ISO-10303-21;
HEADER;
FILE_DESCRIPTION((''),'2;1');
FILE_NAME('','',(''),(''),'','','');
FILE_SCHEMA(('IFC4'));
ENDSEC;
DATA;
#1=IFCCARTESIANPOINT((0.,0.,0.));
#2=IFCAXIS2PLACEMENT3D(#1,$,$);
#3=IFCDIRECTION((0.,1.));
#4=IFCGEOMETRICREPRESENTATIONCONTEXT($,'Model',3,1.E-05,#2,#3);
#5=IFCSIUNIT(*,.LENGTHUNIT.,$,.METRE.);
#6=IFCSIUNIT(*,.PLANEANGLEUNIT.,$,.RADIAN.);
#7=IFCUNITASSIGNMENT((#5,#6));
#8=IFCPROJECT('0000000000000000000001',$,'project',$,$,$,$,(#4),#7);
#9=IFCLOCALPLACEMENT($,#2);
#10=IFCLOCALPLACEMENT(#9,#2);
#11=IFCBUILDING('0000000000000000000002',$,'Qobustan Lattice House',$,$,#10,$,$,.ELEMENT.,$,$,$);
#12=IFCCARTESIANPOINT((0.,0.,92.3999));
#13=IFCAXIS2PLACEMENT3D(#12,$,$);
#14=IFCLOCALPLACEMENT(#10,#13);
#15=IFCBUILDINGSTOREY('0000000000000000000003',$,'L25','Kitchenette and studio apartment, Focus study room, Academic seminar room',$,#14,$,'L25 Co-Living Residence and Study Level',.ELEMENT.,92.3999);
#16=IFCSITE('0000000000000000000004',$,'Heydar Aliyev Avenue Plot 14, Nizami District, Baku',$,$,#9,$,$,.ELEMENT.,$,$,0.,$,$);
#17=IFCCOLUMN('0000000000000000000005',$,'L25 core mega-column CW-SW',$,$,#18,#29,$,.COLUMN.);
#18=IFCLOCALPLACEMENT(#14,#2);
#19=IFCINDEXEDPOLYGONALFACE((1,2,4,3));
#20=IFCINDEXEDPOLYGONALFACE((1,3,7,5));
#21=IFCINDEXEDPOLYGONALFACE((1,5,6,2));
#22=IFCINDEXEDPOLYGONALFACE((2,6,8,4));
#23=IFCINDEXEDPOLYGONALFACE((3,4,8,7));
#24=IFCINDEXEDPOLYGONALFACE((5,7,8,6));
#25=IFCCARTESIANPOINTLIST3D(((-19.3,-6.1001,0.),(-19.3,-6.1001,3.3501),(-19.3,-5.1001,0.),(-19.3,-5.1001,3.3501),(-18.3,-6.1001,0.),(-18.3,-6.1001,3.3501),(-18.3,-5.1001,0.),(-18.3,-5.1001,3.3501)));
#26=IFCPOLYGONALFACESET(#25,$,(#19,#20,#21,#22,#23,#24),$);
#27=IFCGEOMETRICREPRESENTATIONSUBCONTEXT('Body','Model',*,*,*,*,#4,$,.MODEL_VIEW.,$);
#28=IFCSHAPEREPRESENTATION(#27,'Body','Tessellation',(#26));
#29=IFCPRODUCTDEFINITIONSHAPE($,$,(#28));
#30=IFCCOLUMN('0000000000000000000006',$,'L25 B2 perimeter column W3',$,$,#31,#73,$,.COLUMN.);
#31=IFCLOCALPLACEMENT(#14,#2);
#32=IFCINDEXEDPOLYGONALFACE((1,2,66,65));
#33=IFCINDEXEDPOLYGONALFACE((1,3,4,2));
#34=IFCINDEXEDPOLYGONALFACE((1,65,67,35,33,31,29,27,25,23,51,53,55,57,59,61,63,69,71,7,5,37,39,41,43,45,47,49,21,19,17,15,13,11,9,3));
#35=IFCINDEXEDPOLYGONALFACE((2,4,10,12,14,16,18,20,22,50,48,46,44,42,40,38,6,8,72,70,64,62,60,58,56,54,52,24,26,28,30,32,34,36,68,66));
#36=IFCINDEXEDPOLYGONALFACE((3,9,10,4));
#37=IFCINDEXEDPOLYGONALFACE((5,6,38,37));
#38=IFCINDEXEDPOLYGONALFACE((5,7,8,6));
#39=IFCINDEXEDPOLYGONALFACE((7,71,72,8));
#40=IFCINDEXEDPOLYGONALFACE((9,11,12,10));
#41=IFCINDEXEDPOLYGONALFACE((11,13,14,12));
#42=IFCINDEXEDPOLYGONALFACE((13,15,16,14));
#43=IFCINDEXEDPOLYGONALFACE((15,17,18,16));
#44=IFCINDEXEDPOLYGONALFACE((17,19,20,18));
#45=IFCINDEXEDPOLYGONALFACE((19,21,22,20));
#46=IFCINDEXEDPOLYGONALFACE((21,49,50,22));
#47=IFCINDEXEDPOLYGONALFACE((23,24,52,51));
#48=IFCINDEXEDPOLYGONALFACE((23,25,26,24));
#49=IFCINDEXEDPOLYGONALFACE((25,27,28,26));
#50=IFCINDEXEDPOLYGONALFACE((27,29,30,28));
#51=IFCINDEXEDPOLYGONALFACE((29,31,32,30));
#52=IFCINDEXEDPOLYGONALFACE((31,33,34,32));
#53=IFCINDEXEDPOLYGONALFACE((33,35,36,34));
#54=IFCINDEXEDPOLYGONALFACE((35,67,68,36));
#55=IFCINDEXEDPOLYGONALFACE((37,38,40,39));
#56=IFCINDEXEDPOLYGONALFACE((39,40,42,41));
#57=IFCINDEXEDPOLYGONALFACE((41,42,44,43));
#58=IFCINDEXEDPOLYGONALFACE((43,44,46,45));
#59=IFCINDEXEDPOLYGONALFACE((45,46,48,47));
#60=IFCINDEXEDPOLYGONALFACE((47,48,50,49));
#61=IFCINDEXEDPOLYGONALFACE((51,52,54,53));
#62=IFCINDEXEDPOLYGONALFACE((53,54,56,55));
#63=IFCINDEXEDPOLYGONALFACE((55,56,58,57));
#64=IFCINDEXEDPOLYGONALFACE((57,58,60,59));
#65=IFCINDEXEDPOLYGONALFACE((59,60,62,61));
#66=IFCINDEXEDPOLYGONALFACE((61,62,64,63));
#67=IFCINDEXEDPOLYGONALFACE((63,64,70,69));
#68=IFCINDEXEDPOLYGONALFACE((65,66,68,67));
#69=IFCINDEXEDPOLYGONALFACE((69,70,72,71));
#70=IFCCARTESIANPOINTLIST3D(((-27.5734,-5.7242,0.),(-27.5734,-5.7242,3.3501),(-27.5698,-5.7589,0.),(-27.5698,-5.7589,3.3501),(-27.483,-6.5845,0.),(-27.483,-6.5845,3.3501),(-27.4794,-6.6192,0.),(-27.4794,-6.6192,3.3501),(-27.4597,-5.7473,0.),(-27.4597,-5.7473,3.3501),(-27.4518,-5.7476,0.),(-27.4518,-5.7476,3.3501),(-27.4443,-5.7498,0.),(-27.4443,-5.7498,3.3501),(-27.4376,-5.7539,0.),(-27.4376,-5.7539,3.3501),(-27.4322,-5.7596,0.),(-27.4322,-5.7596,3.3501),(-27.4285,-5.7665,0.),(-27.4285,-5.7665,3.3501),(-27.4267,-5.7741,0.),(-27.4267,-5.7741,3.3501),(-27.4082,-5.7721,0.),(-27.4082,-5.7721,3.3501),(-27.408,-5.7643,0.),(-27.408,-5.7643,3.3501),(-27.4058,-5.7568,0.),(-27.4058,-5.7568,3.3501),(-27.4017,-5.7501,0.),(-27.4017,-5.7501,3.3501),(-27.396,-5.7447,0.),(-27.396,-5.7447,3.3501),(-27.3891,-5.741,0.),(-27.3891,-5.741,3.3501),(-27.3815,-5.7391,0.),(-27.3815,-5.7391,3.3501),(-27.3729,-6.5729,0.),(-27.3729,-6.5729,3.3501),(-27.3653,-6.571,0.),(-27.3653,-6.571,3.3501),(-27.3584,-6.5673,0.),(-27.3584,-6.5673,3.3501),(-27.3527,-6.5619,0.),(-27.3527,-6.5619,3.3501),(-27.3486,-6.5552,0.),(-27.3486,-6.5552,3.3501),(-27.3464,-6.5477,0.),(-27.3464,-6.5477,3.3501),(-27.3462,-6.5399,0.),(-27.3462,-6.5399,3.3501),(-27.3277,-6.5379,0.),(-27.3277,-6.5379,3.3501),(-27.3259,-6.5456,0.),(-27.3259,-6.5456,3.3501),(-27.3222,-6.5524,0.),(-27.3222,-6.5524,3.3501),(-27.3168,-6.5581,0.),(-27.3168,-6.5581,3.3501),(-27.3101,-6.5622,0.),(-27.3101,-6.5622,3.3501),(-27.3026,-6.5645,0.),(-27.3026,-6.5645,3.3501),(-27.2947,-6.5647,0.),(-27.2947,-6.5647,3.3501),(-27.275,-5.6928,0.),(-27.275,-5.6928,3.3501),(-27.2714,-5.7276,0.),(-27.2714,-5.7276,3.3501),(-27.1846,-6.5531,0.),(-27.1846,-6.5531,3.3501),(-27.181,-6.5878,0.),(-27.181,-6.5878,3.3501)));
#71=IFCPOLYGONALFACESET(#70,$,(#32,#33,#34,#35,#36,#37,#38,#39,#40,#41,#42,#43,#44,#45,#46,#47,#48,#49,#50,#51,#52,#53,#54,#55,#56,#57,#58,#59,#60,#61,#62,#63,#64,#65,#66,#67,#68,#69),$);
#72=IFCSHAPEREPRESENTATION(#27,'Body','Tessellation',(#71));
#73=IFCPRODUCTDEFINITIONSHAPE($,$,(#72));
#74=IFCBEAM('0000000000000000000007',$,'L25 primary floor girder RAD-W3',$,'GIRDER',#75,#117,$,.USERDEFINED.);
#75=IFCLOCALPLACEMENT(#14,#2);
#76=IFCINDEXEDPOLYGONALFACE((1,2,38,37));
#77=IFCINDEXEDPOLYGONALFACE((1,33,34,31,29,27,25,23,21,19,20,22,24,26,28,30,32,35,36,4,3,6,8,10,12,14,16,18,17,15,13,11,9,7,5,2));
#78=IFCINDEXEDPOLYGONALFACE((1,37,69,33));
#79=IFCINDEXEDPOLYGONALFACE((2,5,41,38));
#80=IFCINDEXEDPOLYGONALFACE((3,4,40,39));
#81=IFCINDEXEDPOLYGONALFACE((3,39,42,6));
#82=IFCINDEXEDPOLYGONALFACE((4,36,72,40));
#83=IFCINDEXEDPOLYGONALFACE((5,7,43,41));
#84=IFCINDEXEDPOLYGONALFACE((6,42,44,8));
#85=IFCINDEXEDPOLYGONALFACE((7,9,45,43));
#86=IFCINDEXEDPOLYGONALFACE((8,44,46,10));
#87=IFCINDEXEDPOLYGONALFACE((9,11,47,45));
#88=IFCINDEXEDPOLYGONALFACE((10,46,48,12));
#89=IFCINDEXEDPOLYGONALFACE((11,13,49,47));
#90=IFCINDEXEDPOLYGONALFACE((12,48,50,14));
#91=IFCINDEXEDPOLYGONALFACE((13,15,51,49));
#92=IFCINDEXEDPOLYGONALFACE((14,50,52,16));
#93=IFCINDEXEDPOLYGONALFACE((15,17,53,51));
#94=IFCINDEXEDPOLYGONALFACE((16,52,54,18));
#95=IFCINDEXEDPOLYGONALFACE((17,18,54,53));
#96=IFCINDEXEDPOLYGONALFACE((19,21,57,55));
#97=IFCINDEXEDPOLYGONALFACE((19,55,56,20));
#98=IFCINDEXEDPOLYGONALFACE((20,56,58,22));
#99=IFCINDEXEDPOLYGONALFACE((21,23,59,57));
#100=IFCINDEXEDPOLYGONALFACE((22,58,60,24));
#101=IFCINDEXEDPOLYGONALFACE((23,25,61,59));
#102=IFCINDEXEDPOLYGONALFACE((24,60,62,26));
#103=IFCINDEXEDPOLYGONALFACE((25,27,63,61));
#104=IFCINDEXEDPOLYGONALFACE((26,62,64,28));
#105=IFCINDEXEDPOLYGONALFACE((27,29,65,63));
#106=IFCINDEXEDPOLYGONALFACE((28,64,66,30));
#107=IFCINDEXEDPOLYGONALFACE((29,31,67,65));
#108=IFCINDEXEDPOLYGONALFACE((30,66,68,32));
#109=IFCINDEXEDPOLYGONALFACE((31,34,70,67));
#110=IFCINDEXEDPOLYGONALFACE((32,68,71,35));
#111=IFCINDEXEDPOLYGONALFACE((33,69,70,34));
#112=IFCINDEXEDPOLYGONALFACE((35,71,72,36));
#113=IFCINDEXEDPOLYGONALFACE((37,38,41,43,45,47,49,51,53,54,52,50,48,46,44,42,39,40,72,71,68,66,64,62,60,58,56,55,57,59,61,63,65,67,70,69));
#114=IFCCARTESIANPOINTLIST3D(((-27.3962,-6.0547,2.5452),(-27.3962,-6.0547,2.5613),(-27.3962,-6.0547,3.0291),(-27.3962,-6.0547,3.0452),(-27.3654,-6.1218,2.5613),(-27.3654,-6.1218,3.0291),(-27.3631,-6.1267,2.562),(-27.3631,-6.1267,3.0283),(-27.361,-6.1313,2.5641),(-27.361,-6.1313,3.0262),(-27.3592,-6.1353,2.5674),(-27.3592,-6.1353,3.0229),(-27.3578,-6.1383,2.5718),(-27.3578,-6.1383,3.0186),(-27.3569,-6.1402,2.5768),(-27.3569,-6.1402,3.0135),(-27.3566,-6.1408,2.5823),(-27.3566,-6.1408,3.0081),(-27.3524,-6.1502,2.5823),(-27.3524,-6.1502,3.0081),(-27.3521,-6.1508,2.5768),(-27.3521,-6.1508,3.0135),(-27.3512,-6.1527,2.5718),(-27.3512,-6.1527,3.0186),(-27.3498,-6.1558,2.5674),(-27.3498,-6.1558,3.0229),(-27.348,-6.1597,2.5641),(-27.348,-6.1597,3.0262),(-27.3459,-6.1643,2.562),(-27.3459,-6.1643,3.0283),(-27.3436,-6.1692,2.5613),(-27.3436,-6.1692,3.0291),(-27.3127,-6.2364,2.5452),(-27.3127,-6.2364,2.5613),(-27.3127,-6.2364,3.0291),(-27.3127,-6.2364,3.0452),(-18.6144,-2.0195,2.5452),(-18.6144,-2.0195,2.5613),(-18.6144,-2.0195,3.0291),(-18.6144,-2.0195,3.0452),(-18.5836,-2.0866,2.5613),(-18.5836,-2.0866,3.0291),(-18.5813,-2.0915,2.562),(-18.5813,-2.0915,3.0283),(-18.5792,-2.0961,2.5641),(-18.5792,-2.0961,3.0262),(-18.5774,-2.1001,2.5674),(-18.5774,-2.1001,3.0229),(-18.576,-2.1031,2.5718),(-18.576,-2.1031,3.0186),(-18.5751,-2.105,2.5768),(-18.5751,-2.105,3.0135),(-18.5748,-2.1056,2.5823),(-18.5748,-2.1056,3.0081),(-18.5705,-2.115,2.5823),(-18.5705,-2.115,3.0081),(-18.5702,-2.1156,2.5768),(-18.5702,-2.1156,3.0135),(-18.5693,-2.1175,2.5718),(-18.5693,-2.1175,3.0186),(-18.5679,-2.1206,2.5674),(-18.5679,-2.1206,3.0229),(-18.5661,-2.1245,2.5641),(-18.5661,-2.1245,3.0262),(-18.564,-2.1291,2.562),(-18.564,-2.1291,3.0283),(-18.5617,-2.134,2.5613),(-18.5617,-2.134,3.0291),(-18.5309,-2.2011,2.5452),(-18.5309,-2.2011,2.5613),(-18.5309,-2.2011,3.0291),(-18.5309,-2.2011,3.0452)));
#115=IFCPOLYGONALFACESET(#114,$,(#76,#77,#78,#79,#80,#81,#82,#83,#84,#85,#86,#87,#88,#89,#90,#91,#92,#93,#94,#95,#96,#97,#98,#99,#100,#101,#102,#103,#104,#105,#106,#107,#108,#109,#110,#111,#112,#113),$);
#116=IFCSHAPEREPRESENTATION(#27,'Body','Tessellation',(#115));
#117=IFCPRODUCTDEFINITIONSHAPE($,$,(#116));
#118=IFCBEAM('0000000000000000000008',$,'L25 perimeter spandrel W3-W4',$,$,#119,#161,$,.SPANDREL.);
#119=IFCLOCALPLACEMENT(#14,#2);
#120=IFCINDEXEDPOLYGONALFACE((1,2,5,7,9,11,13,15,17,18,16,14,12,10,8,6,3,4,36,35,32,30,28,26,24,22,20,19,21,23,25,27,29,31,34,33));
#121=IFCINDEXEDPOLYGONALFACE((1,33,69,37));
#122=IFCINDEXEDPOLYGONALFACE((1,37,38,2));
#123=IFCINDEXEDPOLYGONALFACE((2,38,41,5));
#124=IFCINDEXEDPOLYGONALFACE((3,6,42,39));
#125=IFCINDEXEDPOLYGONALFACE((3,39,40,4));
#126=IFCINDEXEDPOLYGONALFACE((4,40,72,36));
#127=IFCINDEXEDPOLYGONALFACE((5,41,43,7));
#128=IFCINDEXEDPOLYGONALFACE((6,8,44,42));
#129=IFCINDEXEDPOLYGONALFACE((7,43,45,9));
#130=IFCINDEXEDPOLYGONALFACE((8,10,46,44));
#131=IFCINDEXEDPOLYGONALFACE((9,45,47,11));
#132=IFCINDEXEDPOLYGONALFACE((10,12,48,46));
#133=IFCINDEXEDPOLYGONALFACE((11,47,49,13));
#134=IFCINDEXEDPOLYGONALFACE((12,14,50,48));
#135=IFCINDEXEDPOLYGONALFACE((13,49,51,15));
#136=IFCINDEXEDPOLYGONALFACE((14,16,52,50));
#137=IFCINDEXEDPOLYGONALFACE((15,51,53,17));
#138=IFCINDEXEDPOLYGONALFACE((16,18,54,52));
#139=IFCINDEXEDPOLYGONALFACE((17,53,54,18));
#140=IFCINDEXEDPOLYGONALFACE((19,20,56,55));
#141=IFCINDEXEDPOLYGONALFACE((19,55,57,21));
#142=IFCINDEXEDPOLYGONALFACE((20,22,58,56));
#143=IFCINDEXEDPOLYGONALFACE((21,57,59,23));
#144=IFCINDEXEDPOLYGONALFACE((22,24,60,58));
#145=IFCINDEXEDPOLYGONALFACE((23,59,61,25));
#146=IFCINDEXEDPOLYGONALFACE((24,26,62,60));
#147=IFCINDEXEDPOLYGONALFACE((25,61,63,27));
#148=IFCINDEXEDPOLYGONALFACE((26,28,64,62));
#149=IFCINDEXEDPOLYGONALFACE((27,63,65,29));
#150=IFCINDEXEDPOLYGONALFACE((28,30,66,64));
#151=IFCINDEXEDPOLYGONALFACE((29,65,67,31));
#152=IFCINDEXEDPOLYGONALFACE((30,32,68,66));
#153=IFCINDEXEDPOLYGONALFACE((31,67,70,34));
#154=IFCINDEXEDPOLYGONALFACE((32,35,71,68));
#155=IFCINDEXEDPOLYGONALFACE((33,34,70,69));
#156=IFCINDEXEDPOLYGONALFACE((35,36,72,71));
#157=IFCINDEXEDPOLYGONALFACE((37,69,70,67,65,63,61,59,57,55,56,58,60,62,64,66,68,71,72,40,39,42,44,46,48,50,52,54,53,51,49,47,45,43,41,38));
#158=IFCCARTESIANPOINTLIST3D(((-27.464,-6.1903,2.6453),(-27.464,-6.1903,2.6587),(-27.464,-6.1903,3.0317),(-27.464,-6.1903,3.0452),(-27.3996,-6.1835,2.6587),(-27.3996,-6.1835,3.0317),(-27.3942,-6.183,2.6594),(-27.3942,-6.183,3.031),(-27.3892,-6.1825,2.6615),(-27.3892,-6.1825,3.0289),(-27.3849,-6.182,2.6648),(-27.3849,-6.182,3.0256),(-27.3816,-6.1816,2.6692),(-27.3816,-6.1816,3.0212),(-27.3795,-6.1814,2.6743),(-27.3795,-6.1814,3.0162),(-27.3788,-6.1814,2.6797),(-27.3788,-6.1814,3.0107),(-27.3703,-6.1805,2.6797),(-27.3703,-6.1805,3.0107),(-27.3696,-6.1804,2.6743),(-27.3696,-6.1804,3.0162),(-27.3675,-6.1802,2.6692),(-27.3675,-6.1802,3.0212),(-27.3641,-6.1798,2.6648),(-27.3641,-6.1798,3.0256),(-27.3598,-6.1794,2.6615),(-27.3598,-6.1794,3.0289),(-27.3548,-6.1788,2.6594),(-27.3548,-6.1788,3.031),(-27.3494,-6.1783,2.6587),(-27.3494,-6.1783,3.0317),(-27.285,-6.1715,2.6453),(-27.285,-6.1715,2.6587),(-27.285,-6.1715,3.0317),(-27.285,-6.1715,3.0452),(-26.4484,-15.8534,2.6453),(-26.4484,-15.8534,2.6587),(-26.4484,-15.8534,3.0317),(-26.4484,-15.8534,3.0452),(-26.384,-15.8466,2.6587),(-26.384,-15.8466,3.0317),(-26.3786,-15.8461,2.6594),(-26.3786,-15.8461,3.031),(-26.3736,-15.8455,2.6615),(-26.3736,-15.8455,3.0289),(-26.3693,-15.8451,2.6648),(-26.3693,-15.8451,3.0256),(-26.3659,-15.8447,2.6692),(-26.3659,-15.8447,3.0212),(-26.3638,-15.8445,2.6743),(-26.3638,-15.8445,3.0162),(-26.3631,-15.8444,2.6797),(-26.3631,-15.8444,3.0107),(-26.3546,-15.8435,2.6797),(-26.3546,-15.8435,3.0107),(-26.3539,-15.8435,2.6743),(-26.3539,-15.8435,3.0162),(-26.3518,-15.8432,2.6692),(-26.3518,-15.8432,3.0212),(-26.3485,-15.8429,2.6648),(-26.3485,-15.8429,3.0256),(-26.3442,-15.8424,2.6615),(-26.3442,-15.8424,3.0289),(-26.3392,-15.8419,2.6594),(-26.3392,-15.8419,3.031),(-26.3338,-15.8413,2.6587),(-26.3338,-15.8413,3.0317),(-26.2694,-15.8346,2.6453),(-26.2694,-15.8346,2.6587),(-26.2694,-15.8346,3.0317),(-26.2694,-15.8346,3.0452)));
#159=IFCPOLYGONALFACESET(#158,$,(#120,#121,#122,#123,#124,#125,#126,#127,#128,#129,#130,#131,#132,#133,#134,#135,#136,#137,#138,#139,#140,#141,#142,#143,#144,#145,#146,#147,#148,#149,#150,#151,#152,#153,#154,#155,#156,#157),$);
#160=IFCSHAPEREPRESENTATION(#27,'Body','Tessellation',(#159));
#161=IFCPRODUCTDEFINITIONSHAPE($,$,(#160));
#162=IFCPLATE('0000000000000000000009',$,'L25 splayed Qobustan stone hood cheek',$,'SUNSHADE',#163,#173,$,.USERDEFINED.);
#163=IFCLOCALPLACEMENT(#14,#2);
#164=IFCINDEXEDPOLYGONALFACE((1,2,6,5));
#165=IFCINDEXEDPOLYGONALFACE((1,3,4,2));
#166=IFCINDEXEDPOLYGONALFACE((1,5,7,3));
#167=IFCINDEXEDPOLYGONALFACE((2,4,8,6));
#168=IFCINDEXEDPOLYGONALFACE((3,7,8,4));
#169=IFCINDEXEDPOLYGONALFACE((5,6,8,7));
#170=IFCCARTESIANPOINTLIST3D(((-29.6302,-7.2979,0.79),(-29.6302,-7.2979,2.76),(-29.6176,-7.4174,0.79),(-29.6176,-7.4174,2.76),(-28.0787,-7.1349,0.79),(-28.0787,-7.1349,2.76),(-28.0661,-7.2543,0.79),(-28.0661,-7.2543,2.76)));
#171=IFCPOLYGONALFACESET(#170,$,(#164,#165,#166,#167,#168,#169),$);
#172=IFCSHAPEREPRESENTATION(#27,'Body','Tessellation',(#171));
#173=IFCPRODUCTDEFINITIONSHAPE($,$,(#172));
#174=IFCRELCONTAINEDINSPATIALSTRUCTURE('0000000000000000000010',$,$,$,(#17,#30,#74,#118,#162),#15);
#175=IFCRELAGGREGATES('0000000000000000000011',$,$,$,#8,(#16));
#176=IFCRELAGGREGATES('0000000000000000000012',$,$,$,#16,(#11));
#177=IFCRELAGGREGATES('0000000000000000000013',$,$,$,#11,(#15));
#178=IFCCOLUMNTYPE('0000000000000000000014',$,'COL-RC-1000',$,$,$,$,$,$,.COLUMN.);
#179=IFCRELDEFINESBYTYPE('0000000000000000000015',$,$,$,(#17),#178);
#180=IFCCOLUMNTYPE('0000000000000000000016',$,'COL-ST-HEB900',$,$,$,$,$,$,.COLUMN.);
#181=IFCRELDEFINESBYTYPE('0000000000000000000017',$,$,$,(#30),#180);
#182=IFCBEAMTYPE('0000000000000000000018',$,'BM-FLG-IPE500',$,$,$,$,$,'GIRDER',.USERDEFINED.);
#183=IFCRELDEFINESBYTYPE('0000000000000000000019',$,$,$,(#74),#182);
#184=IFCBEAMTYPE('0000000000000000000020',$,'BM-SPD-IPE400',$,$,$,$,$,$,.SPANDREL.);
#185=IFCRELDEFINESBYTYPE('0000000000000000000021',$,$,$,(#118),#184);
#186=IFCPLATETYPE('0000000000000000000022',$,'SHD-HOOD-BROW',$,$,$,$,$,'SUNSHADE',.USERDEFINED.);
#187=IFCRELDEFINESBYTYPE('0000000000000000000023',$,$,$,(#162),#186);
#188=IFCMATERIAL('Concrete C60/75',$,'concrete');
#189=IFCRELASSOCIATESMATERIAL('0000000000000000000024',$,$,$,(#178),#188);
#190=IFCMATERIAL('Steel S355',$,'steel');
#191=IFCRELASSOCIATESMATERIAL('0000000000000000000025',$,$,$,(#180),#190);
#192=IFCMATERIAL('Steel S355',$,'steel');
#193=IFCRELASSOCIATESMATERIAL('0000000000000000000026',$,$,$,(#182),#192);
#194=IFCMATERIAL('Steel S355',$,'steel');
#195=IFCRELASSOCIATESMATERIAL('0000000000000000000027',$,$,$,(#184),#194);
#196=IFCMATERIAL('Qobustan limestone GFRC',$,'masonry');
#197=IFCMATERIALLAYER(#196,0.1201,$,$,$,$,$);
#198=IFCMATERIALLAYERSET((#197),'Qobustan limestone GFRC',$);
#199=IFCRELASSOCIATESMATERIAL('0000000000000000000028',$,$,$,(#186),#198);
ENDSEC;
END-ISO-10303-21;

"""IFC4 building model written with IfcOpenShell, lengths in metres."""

from ifc_helpers import new_model, si_unit, direction, frame, origin, origin_2d, place, context, subcontext, project, spatial, rectangle, i_section, extrude, material, layer, layer_set, material_profile, profile_set, type_object, element, save


model = new_model("IFC4")

# Units and contexts
model_context = context("Model", 3, precision=1e-05, world=origin(), true_north=direction((0.0, 1.0)))
body_context = subcontext(model_context, "Body", "Model", "MODEL_VIEW")
ifc_project = project(units=[si_unit("LENGTHUNIT", "METRE"), si_unit("PLANEANGLEUNIT", "RADIAN")], contexts=[model_context])

# Site, building, storey
site_placement = place(None, origin())
site = spatial("IfcSite", under=ifc_project, at=site_placement, Name="Heydar Aliyev Avenue Plot 14, Nizami District, Baku", CompositionType="ELEMENT", RefElevation=0.0)
building_placement = place(site_placement, origin())
building = spatial("IfcBuilding", under=site, at=building_placement, Name="Qobustan Lattice House", CompositionType="ELEMENT")
storey_placement = place(building_placement, frame((0.0, 0.0, 92.3999)))
storey = spatial("IfcBuildingStorey", under=building, at=storey_placement, Name="L25", Description="Kitchenette and studio apartment, Focus study room, Academic seminar room", LongName="L25 Co-Living Residence and Study Level", CompositionType="ELEMENT", Elevation=92.3999)

# Columns
ifc_material_1 = material(Name="Concrete C60/75", Category="concrete")
ifc_material_profile_1 = material_profile(ifc_material_1, rectangle(XDim=1.0, YDim=1.0, at=origin_2d()), Name="RC1000x1000")
ifc_profile_set_1 = profile_set([ifc_material_profile_1], Name="Concrete C60/75")
column_type_1 = type_object("IfcColumnType", Name="COL-RC-1000", PredefinedType="COLUMN", material=ifc_profile_set_1)
column_1_placement = place(storey_placement, frame((-18.8, -5.6001, 0.0), z_axis=(0.0, 0.0, 1.0), x_axis=(1.0, 0.0, 0.0)))
element("IfcColumn", 1, at=column_1_placement, inside=storey, type_object=column_type_1, Name="L25 core mega-column CW-SW", PredefinedType="COLUMN", context=body_context, shape_type="SweptSolid", body=[
    extrude(rectangle(XDim=1.0, YDim=1.0, at=origin_2d()), origin(), (0.0, 0.0, 1.0), 3.3501),
])
ifc_material_2 = material(Name="Steel S355", Category="steel")
ifc_material_profile_2 = material_profile(ifc_material_2, i_section(OverallWidth=0.3, OverallDepth=0.8999, WebThickness=0.0186, FlangeThickness=0.0349, FilletRadius=0.03, at=origin_2d()), Name="HEB900")
ifc_profile_set_2 = profile_set([ifc_material_profile_2], Name="Steel S355")
column_type_2 = type_object("IfcColumnType", Name="COL-ST-HEB900", PredefinedType="COLUMN", material=ifc_profile_set_2)
column_2_placement = place(storey_placement, frame((-27.3772, -6.156, 0.0), z_axis=(0.0, 0.0, 1.0), x_axis=(0.994522, 0.104528, 0.0)))
element("IfcColumn", 2, at=column_2_placement, inside=storey, type_object=column_type_2, Name="L25 B2 perimeter column W3", PredefinedType="COLUMN", context=body_context, shape_type="SweptSolid", body=[
    extrude(i_section(OverallWidth=0.3, OverallDepth=0.8999, WebThickness=0.0186, FlangeThickness=0.0349, FilletRadius=0.03, at=origin_2d()), origin(), (0.0, 0.0, 1.0), 3.3501),
])

# Beams
ifc_material_3 = material(Name="Steel S355", Category="steel")
ifc_material_profile_3 = material_profile(ifc_material_3, i_section(OverallWidth=0.2, OverallDepth=0.5, WebThickness=0.0103, FlangeThickness=0.0161, FilletRadius=0.021, at=origin_2d()), Name="IPE500")
ifc_profile_set_3 = profile_set([ifc_material_profile_3], Name="Steel S355")
beam_type_1 = type_object("IfcBeamType", Name="BM-FLG-IPE500", ElementType="GIRDER", PredefinedType="USERDEFINED", material=ifc_profile_set_3)
beam_1_placement = place(storey_placement, frame((-27.3545, -6.1455, 2.7952), z_axis=(0.908665, 0.417526, 0.0), x_axis=(-0.417526, 0.908665, 0.0)))
element("IfcBeam", 3, at=beam_1_placement, inside=storey, type_object=beam_type_1, Name="L25 primary floor girder RAD-W3", ObjectType="GIRDER", PredefinedType="USERDEFINED", context=body_context, shape_type="SweptSolid", body=[
    extrude(i_section(OverallWidth=0.2, OverallDepth=0.5, WebThickness=0.0103, FlangeThickness=0.0161, FilletRadius=0.021, at=origin_2d()), origin(), (0.0, 0.0, 1.0), 9.6646),
])
ifc_material_4 = material(Name="Steel S355", Category="steel")
ifc_material_profile_4 = material_profile(ifc_material_4, i_section(OverallWidth=0.1799, OverallDepth=0.3999, WebThickness=0.0085, FlangeThickness=0.0134, FilletRadius=0.021, at=origin_2d()), Name="IPE400")
ifc_profile_set_4 = profile_set([ifc_material_profile_4], Name="Steel S355")
beam_type_2 = type_object("IfcBeamType", Name="BM-SPD-IPE400", PredefinedType="SPANDREL", material=ifc_profile_set_4)
beam_2_placement = place(storey_placement, frame((-27.3745, -6.1809, 2.8452), z_axis=(0.104528, -0.994522, 0.0), x_axis=(0.994522, 0.104528, 0.0)))
element("IfcBeam", 4, at=beam_2_placement, inside=storey, type_object=beam_type_2, Name="L25 perimeter spandrel W3-W4", PredefinedType="SPANDREL", context=body_context, shape_type="SweptSolid", body=[
    extrude(i_section(OverallWidth=0.1799, OverallDepth=0.3999, WebThickness=0.0085, FlangeThickness=0.0134, FilletRadius=0.021, at=origin_2d()), origin(), (0.0, 0.0, 1.0), 9.7163),
])

# Plate
ifc_material_5 = material(Name="Qobustan limestone GFRC", Category="masonry")
ifc_layer_1 = layer(ifc_material_5, 0.1201)
ifc_layer_set_1 = layer_set([ifc_layer_1], Name="Qobustan limestone GFRC")
plate_type = type_object("IfcPlateType", Name="SHD-HOOD-BROW", ElementType="SUNSHADE", PredefinedType="USERDEFINED", material=ifc_layer_set_1)
plate_placement = place(storey_placement, frame((-28.8481, -7.2761, 0.79), z_axis=(0.0, 0.0, 1.0), x_axis=(-0.104528, 0.994522, 0.0)))
element("IfcPlate", 5, at=plate_placement, inside=storey, type_object=plate_type, Name="L25 splayed Qobustan stone hood cheek", ObjectType="SUNSHADE", PredefinedType="USERDEFINED", context=body_context, shape_type="SweptSolid", body=[
    extrude(rectangle(XDim=0.1201, YDim=1.5601, at=origin_2d()), origin(), (0.0, 0.0, 1.0), 1.97),
])

save(model, "model.ifc")
